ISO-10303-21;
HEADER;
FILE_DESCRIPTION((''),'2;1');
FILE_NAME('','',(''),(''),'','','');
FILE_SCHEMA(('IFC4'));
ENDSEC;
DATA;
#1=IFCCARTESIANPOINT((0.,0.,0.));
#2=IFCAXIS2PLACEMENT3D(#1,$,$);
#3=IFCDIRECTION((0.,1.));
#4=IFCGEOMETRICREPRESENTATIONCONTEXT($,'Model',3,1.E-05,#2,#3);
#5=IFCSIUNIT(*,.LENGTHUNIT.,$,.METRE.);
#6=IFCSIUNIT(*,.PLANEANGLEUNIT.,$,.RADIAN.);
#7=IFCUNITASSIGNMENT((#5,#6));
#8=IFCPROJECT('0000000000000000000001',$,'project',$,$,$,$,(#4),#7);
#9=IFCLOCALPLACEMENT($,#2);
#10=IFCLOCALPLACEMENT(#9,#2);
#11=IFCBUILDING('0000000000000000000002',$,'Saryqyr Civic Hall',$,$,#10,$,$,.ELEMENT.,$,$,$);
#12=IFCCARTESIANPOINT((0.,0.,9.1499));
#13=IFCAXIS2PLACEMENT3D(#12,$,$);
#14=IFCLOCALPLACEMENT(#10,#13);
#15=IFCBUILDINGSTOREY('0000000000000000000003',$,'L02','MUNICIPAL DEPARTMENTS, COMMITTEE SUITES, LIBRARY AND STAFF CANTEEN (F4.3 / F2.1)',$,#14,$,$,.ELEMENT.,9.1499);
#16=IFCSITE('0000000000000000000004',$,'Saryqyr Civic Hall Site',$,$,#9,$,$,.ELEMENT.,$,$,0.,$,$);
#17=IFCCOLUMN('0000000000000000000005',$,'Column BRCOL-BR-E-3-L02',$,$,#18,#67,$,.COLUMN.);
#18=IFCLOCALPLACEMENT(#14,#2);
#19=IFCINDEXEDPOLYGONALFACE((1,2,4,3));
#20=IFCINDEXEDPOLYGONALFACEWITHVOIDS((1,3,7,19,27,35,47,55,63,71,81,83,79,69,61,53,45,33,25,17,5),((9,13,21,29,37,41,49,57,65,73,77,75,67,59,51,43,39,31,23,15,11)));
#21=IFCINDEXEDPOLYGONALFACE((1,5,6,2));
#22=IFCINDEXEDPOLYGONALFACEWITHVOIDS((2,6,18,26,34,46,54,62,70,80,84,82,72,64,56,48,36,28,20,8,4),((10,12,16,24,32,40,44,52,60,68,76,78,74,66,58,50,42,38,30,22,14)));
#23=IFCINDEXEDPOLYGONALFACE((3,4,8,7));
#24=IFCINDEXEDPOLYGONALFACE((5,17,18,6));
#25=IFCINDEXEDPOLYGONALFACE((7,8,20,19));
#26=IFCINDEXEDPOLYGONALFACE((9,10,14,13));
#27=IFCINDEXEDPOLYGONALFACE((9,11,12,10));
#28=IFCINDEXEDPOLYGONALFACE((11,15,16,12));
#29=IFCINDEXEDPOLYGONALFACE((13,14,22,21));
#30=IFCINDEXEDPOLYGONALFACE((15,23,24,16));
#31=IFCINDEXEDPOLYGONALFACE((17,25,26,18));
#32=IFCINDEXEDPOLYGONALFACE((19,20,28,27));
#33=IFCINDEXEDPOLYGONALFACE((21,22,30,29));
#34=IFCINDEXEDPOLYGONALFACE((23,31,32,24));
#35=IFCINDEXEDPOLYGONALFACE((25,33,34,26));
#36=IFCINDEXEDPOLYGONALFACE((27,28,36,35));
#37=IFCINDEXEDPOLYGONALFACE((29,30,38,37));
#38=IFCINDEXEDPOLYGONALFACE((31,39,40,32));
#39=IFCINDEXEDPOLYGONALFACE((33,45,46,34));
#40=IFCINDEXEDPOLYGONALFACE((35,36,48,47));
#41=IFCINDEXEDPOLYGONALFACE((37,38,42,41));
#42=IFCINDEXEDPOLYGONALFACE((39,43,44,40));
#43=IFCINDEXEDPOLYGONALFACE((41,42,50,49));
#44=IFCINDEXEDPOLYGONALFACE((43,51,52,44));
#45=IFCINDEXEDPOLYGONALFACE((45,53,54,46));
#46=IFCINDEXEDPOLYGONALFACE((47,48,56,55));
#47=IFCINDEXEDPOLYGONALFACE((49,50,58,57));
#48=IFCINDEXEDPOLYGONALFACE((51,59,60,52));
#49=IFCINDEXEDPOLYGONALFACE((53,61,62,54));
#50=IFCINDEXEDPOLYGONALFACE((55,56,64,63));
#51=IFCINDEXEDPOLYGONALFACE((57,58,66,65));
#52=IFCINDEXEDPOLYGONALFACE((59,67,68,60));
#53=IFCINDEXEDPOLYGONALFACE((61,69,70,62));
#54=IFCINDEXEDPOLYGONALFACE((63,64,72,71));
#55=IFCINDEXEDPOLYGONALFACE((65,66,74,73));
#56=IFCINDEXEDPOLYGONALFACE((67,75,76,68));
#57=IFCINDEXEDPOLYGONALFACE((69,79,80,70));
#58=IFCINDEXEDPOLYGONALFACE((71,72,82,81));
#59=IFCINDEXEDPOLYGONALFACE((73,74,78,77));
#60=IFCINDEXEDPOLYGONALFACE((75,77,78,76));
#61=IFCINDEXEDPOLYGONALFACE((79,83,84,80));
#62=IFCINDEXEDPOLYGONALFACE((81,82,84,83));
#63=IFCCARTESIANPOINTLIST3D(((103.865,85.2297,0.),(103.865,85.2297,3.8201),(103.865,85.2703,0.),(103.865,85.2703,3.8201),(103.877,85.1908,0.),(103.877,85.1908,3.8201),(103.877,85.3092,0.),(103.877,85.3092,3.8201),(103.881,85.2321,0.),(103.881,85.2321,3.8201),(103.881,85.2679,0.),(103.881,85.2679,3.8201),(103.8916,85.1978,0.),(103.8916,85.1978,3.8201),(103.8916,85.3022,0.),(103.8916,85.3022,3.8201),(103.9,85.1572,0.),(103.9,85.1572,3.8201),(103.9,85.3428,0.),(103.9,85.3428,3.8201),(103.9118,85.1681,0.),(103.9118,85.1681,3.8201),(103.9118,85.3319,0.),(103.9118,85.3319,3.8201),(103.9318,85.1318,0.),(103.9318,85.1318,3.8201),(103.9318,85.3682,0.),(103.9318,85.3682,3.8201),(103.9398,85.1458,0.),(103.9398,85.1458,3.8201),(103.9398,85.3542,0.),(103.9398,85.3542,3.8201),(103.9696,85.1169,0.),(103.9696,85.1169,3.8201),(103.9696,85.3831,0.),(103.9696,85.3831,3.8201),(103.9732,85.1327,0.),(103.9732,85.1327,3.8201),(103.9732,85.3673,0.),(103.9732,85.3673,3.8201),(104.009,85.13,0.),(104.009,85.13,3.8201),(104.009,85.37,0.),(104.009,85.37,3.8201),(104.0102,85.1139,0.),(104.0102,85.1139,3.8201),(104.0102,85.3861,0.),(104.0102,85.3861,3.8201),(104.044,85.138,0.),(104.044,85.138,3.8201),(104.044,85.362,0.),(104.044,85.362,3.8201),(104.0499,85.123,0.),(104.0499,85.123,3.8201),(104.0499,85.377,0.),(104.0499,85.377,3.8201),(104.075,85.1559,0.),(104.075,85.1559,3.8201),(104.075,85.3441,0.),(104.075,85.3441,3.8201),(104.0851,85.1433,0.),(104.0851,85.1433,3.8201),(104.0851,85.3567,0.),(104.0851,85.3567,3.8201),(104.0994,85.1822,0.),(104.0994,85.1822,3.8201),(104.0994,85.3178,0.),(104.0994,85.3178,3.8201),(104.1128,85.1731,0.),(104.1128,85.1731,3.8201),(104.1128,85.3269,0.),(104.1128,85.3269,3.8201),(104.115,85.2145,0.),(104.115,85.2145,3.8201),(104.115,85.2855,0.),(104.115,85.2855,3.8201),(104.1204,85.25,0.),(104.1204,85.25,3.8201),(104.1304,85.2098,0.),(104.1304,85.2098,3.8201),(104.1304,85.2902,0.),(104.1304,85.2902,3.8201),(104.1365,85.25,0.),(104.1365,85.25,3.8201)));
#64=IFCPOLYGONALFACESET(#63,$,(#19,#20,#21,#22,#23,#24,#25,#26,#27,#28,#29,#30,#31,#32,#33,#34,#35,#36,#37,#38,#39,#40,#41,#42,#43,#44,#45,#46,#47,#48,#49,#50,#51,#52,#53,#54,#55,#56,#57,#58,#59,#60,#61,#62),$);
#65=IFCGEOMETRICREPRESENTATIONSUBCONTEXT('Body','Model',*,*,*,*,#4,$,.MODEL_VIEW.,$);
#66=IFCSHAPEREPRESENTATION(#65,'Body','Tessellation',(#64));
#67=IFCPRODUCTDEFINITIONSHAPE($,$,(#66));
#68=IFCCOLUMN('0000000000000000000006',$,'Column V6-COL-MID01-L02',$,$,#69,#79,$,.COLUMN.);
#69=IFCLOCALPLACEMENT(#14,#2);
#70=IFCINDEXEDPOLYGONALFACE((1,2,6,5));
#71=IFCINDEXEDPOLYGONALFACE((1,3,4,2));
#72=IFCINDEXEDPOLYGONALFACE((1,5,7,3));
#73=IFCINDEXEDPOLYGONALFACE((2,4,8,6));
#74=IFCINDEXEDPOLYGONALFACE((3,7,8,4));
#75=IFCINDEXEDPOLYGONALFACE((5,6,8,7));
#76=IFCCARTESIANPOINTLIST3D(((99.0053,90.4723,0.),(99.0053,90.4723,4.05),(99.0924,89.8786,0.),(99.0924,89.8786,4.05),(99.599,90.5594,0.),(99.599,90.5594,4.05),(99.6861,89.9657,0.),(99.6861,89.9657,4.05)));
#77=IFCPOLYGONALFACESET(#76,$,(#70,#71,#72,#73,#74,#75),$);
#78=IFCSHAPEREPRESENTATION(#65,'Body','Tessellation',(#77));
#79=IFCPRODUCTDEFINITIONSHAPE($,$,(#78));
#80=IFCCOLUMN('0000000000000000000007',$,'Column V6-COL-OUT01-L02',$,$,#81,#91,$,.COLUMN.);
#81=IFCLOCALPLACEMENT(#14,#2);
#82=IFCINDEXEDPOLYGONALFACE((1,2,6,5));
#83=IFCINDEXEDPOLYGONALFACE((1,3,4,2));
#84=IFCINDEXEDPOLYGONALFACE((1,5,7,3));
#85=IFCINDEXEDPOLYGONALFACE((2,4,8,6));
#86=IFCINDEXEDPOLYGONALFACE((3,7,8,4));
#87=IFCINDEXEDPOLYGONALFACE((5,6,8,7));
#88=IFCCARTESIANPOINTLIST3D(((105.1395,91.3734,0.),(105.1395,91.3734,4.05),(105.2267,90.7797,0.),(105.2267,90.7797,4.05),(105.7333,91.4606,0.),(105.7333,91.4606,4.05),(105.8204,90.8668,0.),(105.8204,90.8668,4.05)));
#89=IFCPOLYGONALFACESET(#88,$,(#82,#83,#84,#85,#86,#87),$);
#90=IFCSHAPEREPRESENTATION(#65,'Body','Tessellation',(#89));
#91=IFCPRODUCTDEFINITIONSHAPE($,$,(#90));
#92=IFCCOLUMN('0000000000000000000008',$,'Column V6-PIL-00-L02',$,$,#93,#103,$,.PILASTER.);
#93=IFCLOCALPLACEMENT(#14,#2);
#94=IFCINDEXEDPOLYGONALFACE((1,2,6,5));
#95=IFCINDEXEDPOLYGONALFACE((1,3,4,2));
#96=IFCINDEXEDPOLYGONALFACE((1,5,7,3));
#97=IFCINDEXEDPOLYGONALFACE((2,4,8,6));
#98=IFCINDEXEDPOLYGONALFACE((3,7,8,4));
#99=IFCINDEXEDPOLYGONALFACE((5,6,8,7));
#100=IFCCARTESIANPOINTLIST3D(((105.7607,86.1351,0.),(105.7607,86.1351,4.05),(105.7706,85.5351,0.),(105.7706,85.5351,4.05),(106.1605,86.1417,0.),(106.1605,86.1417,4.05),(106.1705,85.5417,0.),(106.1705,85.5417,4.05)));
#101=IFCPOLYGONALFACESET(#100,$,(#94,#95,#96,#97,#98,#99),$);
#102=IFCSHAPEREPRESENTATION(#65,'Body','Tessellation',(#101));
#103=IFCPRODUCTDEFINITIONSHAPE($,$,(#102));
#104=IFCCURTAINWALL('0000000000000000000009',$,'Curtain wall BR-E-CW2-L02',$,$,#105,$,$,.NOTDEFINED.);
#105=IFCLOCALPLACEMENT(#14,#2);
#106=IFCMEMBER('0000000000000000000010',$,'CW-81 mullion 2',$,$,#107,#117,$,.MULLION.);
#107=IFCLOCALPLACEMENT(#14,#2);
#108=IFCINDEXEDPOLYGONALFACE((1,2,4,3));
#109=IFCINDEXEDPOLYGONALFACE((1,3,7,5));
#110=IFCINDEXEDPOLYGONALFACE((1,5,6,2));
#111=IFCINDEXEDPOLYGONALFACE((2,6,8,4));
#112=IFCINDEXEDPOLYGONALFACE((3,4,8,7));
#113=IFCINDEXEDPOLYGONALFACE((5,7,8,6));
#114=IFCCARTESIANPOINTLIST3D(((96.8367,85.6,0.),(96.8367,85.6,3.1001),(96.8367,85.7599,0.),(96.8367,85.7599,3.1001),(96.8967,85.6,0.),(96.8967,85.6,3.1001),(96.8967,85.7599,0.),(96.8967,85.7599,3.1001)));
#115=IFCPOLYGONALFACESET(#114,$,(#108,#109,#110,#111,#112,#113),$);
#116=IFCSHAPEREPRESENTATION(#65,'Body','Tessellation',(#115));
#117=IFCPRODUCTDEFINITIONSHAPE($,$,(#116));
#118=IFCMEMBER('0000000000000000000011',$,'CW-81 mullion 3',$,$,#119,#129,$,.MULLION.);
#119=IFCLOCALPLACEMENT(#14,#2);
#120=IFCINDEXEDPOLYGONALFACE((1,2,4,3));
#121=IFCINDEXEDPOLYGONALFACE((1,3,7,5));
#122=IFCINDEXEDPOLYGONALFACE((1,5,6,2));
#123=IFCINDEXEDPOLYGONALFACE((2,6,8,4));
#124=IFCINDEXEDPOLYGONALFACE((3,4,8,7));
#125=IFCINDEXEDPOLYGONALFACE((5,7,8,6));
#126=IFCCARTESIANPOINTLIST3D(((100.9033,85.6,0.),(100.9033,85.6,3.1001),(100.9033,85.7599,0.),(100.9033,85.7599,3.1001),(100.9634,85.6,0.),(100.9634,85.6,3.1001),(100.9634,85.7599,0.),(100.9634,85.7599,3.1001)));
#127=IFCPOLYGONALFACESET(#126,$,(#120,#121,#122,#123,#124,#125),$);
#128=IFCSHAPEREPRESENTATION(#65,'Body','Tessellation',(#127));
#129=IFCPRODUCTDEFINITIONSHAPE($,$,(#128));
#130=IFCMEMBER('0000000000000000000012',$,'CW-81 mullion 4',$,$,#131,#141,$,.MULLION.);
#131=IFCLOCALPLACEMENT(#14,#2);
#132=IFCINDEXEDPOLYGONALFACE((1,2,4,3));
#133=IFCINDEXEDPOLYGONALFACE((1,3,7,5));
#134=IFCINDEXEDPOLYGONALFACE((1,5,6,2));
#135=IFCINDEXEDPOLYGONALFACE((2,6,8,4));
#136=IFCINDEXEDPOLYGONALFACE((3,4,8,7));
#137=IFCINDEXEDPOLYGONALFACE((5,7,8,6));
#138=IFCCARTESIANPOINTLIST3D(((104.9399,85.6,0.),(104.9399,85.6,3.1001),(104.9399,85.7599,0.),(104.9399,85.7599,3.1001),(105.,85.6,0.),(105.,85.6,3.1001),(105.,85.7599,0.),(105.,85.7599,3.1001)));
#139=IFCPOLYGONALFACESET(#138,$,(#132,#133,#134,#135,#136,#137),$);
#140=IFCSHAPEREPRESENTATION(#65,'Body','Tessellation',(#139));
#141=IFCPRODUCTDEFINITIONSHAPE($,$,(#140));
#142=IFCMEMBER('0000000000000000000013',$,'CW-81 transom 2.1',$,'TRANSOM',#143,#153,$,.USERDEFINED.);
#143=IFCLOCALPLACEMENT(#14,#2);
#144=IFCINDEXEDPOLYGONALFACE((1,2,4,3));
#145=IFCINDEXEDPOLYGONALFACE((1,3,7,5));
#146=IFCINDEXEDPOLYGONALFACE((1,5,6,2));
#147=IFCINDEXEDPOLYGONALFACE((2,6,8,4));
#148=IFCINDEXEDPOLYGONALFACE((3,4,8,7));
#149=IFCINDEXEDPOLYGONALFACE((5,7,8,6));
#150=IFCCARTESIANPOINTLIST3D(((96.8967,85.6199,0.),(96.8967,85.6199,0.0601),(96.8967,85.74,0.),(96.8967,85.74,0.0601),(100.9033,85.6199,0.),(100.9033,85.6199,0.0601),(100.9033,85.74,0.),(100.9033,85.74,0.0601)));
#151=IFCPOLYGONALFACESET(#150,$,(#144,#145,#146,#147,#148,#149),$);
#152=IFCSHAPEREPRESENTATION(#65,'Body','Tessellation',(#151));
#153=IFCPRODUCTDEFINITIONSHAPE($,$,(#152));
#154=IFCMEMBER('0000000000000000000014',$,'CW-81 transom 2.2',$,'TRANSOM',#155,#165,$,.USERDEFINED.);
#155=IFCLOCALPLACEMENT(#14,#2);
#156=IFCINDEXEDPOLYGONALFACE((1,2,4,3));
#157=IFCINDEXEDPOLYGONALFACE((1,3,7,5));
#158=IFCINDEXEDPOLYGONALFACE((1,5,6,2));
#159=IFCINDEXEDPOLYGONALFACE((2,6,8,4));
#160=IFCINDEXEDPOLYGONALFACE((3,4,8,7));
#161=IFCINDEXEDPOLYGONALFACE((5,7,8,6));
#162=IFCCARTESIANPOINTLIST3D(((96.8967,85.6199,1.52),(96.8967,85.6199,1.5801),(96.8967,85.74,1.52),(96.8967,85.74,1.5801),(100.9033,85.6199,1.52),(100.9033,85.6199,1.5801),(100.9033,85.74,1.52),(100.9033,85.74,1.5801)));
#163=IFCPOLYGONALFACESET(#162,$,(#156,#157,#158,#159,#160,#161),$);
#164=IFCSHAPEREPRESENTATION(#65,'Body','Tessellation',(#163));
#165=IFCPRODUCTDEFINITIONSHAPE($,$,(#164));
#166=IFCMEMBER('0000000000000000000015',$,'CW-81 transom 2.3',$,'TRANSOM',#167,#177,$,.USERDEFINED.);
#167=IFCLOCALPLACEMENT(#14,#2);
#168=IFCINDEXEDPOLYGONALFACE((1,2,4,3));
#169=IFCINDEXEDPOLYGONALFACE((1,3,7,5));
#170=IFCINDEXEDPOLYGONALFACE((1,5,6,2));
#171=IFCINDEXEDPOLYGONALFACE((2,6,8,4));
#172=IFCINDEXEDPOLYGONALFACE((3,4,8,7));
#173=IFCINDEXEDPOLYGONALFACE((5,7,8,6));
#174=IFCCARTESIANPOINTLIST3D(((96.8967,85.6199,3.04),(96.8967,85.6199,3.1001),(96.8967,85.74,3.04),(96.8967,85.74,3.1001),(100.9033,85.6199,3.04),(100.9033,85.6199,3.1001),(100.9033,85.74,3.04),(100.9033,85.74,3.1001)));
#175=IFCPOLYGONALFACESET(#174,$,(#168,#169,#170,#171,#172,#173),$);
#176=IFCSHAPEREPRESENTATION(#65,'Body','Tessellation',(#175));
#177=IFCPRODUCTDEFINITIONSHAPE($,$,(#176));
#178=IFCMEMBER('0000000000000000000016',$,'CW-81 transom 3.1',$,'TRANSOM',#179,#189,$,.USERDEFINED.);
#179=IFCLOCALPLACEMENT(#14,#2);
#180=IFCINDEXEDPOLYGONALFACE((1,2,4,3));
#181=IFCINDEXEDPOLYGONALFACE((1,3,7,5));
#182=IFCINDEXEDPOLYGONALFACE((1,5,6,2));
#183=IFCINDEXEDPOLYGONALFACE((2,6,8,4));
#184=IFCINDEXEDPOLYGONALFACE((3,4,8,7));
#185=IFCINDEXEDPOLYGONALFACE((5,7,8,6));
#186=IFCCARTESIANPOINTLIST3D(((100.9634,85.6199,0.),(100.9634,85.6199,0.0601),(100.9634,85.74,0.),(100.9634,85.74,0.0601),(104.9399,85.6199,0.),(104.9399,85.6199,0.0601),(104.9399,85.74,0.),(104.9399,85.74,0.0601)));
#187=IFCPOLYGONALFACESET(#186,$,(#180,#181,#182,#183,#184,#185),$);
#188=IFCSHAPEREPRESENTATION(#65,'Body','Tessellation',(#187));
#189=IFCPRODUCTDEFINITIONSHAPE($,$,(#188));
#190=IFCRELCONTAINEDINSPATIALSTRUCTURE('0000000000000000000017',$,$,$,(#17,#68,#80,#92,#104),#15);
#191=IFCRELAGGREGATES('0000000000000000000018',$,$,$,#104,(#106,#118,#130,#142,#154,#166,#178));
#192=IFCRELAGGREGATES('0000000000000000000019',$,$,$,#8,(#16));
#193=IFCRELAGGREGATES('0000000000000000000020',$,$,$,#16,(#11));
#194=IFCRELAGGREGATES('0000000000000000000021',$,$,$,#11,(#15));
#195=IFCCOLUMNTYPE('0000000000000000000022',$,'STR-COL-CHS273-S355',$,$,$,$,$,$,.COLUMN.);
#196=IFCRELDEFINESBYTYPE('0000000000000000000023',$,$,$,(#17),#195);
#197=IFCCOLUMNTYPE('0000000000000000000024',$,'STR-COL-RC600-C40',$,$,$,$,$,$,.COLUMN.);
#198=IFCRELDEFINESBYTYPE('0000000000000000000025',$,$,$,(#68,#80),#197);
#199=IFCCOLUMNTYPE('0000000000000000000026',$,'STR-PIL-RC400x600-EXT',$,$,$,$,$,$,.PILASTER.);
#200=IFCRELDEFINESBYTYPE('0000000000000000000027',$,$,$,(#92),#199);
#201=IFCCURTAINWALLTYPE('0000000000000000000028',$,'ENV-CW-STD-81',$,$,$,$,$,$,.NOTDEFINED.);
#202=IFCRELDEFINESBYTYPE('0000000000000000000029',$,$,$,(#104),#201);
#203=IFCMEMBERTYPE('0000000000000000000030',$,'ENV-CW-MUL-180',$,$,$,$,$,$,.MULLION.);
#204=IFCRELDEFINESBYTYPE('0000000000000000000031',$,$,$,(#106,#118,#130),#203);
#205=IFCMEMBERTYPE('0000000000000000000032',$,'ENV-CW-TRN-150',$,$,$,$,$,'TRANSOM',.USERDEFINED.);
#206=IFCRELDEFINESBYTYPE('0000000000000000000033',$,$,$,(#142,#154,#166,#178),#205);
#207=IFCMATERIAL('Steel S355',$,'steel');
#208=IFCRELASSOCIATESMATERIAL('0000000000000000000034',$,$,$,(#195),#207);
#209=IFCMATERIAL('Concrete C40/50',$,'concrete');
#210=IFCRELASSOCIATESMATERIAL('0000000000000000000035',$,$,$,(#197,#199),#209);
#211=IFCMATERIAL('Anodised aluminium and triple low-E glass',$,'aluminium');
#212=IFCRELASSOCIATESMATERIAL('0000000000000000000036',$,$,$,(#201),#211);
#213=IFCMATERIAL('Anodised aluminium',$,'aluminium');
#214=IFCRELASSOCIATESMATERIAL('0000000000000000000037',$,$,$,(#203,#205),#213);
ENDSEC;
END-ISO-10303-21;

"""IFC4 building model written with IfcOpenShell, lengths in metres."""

from ifc_helpers import new_model, si_unit, direction, frame, origin, origin_2d, place, context, subcontext, project, spatial, rectangle, hollow_circle, extrude, material, material_profile, profile_set, type_object, element, aggregate, save


model = new_model("IFC4")

# Units and contexts
model_context = context("Model", 3, precision=1e-05, world=origin(), true_north=direction((0.0, 1.0)))
body_context = subcontext(model_context, "Body", "Model", "MODEL_VIEW")
ifc_project = project(units=[si_unit("LENGTHUNIT", "METRE"), si_unit("PLANEANGLEUNIT", "RADIAN")], contexts=[model_context])

# Site, building, storey
site_placement = place(None, origin())
site = spatial("IfcSite", under=ifc_project, at=site_placement, Name="Saryqyr Civic Hall Site", CompositionType="ELEMENT", RefElevation=0.0)
building_placement = place(site_placement, origin())
building = spatial("IfcBuilding", under=site, at=building_placement, Name="Saryqyr Civic Hall", CompositionType="ELEMENT")
storey_placement = place(building_placement, frame((0.0, 0.0, 9.1499)))
storey = spatial("IfcBuildingStorey", under=building, at=storey_placement, Name="L02", Description="MUNICIPAL DEPARTMENTS, COMMITTEE SUITES, LIBRARY AND STAFF CANTEEN (F4.3 / F2.1)", CompositionType="ELEMENT", Elevation=9.1499)

# Columns
ifc_material_1 = material(Name="Steel S355", Category="steel")
ifc_material_profile_1 = material_profile(ifc_material_1, hollow_circle(Radius=0.1365, WallThickness=0.0161, at=origin_2d()), Name="CHS 273x16")
ifc_profile_set_1 = profile_set([ifc_material_profile_1], Name="Steel S355")
column_type_1 = type_object("IfcColumnType", Name="STR-COL-CHS273-S355", PredefinedType="COLUMN", material=ifc_profile_set_1)
column_1_placement = place(storey_placement, frame((104.0, 85.25, 0.0), z_axis=(0.0, 0.0, 1.0), x_axis=(1.0, 0.0, 0.0)))
element("IfcColumn", 1, at=column_1_placement, inside=storey, type_object=column_type_1, Name="Column BRCOL-BR-E-3-L02", PredefinedType="COLUMN", context=body_context, shape_type="SweptSolid", body=[
    extrude(hollow_circle(Radius=0.1365, WallThickness=0.0161, at=origin_2d()), origin(), (0.0, 0.0, 1.0), 3.8201),
])
ifc_material_2 = material(Name="Concrete C40/50", Category="concrete")
ifc_material_profile_2 = material_profile(ifc_material_2, rectangle(XDim=0.6001, YDim=0.6001, at=origin_2d()), Name="RC 600x600")
ifc_profile_set_2 = profile_set([ifc_material_profile_2], Name="Concrete C40/50")
column_type_2 = type_object("IfcColumnType", Name="STR-COL-RC600-C40", PredefinedType="COLUMN", material=ifc_profile_set_2)
for number, where, z_axis, x_axis, name in (
    (2, (99.3457, 90.219, 0.0), (0.0, 0.0, 1.0), (0.989399, 0.14522, 0.0), "Column V6-COL-MID01-L02"),
    (3, (105.48, 91.1201, 0.0), (0.0, 0.0, 1.0), (0.989399, 0.14522, 0.0), "Column V6-COL-OUT01-L02"),
):
    element("IfcColumn", number, at=place(storey_placement, frame(where, z_axis=z_axis, x_axis=x_axis)), inside=storey, type_object=column_type_2, Name=name, PredefinedType="COLUMN", context=body_context, shape_type="SweptSolid", body=[
        extrude(rectangle(XDim=0.6001, YDim=0.6001, at=origin_2d()), origin(), (0.0, 0.0, 1.0), 4.05),
    ])
ifc_material_profile_3 = material_profile(ifc_material_2, rectangle(XDim=0.3999, YDim=0.6001, at=origin_2d()), Name="RC 400x600")
ifc_profile_set_3 = profile_set([ifc_material_profile_3], Name="Concrete C40/50")
column_type_3 = type_object("IfcColumnType", Name="STR-PIL-RC400x600-EXT", PredefinedType="PILASTER", material=ifc_profile_set_3)
column_2_placement = place(storey_placement, frame((105.9656, 85.8384, 0.0), z_axis=(0.0, 0.0, 1.0), x_axis=(0.999863, 0.01658, 0.0)))
element("IfcColumn", 4, at=column_2_placement, inside=storey, type_object=column_type_3, Name="Column V6-PIL-00-L02", PredefinedType="PILASTER", context=body_context, shape_type="SweptSolid", body=[
    extrude(rectangle(XDim=0.3999, YDim=0.6001, at=origin_2d()), origin(), (0.0, 0.0, 1.0), 4.05),
])

# Curtain wall, members
ifc_material_3 = material(Name="Anodised aluminium and triple low-E glass", Category="aluminium")
curtain_wall_type = type_object("IfcCurtainWallType", Name="ENV-CW-STD-81", PredefinedType="NOTDEFINED", material=ifc_material_3)
curtain_wall_placement = place(storey_placement, origin())
curtain_wall = element("IfcCurtainWall", 5, at=curtain_wall_placement, inside=storey, type_object=curtain_wall_type, Name="Curtain wall BR-E-CW2-L02", PredefinedType="NOTDEFINED")
ifc_material_4 = material(Name="Anodised aluminium", Category="aluminium")
ifc_material_profile_4 = material_profile(ifc_material_4, rectangle(XDim=0.0601, YDim=0.1599, at=origin_2d()), Name="ALU MULLION 60x160")
ifc_profile_set_4 = profile_set([ifc_material_profile_4], Name="Anodised aluminium")
member_type_1 = type_object("IfcMemberType", Name="ENV-CW-MUL-180", PredefinedType="MULLION", material=ifc_profile_set_4)
member_1_placement = place(storey_placement, frame((96.8667, 85.6799, 0.0), z_axis=(0.0, 0.0, 1.0), x_axis=(1.0, 0.0, 0.0)))
member_1 = element("IfcMember", 6, at=member_1_placement, type_object=member_type_1, Name="CW-81 mullion 2", PredefinedType="MULLION", context=body_context, shape_type="SweptSolid", body=[
    extrude(rectangle(XDim=0.0601, YDim=0.1599, at=origin_2d()), origin(), (0.0, 0.0, 1.0), 3.1001),
])
member_2_placement = place(storey_placement, frame((100.9333, 85.6799, 0.0), z_axis=(0.0, 0.0, 1.0), x_axis=(1.0, 0.0, 0.0)))
member_2 = element("IfcMember", 7, at=member_2_placement, type_object=member_type_1, Name="CW-81 mullion 3", PredefinedType="MULLION", context=body_context, shape_type="SweptSolid", body=[
    extrude(rectangle(XDim=0.0601, YDim=0.1599, at=origin_2d()), origin(), (0.0, 0.0, 1.0), 3.1001),
])
member_3_placement = place(storey_placement, frame((104.97, 85.6799, 0.0), z_axis=(0.0, 0.0, 1.0), x_axis=(1.0, 0.0, 0.0)))
member_3 = element("IfcMember", 8, at=member_3_placement, type_object=member_type_1, Name="CW-81 mullion 4", PredefinedType="MULLION", context=body_context, shape_type="SweptSolid", body=[
    extrude(rectangle(XDim=0.0601, YDim=0.1599, at=origin_2d()), origin(), (0.0, 0.0, 1.0), 3.1001),
])
ifc_material_profile_5 = material_profile(ifc_material_4, rectangle(XDim=0.1201, YDim=0.0601, at=origin_2d()), Name="ALU TRANSOM 120x60")
ifc_profile_set_5 = profile_set([ifc_material_profile_5], Name="Anodised aluminium")
member_type_2 = type_object("IfcMemberType", Name="ENV-CW-TRN-150", ElementType="TRANSOM", PredefinedType="USERDEFINED", material=ifc_profile_set_5)
member_4_placement = place(storey_placement, frame((96.8967, 85.6799, 0.03), z_axis=(1.0, 0.0, 0.0), x_axis=(0.0, 1.0, 0.0)))
member_4 = element("IfcMember", 9, at=member_4_placement, type_object=member_type_2, Name="CW-81 transom 2.1", ObjectType="TRANSOM", PredefinedType="USERDEFINED", context=body_context, shape_type="SweptSolid", body=[
    extrude(rectangle(XDim=0.1201, YDim=0.0601, at=origin_2d()), origin(), (0.0, 0.0, 1.0), 4.0066),
])
member_5_placement = place(storey_placement, frame((96.8967, 85.6799, 1.55), z_axis=(1.0, 0.0, 0.0), x_axis=(0.0, 1.0, 0.0)))
member_5 = element("IfcMember", 10, at=member_5_placement, type_object=member_type_2, Name="CW-81 transom 2.2", ObjectType="TRANSOM", PredefinedType="USERDEFINED", context=body_context, shape_type="SweptSolid", body=[
    extrude(rectangle(XDim=0.1201, YDim=0.0601, at=origin_2d()), origin(), (0.0, 0.0, 1.0), 4.0066),
])
member_6_placement = place(storey_placement, frame((96.8967, 85.6799, 3.0701), z_axis=(1.0, 0.0, 0.0), x_axis=(0.0, 1.0, 0.0)))
member_6 = element("IfcMember", 11, at=member_6_placement, type_object=member_type_2, Name="CW-81 transom 2.3", ObjectType="TRANSOM", PredefinedType="USERDEFINED", context=body_context, shape_type="SweptSolid", body=[
    extrude(rectangle(XDim=0.1201, YDim=0.0601, at=origin_2d()), origin(), (0.0, 0.0, 1.0), 4.0066),
])
member_7_placement = place(storey_placement, frame((100.9634, 85.6799, 0.03), z_axis=(1.0, 0.0, 0.0), x_axis=(0.0, 1.0, 0.0)))
member_7 = element("IfcMember", 12, at=member_7_placement, type_object=member_type_2, Name="CW-81 transom 3.1", ObjectType="TRANSOM", PredefinedType="USERDEFINED", context=body_context, shape_type="SweptSolid", body=[
    extrude(rectangle(XDim=0.1201, YDim=0.0601, at=origin_2d()), origin(), (0.0, 0.0, 1.0), 3.9766),
])

aggregate(curtain_wall, [member_1, member_2, member_3, member_4, member_5, member_6, member_7])

save(model, "model.ifc")
